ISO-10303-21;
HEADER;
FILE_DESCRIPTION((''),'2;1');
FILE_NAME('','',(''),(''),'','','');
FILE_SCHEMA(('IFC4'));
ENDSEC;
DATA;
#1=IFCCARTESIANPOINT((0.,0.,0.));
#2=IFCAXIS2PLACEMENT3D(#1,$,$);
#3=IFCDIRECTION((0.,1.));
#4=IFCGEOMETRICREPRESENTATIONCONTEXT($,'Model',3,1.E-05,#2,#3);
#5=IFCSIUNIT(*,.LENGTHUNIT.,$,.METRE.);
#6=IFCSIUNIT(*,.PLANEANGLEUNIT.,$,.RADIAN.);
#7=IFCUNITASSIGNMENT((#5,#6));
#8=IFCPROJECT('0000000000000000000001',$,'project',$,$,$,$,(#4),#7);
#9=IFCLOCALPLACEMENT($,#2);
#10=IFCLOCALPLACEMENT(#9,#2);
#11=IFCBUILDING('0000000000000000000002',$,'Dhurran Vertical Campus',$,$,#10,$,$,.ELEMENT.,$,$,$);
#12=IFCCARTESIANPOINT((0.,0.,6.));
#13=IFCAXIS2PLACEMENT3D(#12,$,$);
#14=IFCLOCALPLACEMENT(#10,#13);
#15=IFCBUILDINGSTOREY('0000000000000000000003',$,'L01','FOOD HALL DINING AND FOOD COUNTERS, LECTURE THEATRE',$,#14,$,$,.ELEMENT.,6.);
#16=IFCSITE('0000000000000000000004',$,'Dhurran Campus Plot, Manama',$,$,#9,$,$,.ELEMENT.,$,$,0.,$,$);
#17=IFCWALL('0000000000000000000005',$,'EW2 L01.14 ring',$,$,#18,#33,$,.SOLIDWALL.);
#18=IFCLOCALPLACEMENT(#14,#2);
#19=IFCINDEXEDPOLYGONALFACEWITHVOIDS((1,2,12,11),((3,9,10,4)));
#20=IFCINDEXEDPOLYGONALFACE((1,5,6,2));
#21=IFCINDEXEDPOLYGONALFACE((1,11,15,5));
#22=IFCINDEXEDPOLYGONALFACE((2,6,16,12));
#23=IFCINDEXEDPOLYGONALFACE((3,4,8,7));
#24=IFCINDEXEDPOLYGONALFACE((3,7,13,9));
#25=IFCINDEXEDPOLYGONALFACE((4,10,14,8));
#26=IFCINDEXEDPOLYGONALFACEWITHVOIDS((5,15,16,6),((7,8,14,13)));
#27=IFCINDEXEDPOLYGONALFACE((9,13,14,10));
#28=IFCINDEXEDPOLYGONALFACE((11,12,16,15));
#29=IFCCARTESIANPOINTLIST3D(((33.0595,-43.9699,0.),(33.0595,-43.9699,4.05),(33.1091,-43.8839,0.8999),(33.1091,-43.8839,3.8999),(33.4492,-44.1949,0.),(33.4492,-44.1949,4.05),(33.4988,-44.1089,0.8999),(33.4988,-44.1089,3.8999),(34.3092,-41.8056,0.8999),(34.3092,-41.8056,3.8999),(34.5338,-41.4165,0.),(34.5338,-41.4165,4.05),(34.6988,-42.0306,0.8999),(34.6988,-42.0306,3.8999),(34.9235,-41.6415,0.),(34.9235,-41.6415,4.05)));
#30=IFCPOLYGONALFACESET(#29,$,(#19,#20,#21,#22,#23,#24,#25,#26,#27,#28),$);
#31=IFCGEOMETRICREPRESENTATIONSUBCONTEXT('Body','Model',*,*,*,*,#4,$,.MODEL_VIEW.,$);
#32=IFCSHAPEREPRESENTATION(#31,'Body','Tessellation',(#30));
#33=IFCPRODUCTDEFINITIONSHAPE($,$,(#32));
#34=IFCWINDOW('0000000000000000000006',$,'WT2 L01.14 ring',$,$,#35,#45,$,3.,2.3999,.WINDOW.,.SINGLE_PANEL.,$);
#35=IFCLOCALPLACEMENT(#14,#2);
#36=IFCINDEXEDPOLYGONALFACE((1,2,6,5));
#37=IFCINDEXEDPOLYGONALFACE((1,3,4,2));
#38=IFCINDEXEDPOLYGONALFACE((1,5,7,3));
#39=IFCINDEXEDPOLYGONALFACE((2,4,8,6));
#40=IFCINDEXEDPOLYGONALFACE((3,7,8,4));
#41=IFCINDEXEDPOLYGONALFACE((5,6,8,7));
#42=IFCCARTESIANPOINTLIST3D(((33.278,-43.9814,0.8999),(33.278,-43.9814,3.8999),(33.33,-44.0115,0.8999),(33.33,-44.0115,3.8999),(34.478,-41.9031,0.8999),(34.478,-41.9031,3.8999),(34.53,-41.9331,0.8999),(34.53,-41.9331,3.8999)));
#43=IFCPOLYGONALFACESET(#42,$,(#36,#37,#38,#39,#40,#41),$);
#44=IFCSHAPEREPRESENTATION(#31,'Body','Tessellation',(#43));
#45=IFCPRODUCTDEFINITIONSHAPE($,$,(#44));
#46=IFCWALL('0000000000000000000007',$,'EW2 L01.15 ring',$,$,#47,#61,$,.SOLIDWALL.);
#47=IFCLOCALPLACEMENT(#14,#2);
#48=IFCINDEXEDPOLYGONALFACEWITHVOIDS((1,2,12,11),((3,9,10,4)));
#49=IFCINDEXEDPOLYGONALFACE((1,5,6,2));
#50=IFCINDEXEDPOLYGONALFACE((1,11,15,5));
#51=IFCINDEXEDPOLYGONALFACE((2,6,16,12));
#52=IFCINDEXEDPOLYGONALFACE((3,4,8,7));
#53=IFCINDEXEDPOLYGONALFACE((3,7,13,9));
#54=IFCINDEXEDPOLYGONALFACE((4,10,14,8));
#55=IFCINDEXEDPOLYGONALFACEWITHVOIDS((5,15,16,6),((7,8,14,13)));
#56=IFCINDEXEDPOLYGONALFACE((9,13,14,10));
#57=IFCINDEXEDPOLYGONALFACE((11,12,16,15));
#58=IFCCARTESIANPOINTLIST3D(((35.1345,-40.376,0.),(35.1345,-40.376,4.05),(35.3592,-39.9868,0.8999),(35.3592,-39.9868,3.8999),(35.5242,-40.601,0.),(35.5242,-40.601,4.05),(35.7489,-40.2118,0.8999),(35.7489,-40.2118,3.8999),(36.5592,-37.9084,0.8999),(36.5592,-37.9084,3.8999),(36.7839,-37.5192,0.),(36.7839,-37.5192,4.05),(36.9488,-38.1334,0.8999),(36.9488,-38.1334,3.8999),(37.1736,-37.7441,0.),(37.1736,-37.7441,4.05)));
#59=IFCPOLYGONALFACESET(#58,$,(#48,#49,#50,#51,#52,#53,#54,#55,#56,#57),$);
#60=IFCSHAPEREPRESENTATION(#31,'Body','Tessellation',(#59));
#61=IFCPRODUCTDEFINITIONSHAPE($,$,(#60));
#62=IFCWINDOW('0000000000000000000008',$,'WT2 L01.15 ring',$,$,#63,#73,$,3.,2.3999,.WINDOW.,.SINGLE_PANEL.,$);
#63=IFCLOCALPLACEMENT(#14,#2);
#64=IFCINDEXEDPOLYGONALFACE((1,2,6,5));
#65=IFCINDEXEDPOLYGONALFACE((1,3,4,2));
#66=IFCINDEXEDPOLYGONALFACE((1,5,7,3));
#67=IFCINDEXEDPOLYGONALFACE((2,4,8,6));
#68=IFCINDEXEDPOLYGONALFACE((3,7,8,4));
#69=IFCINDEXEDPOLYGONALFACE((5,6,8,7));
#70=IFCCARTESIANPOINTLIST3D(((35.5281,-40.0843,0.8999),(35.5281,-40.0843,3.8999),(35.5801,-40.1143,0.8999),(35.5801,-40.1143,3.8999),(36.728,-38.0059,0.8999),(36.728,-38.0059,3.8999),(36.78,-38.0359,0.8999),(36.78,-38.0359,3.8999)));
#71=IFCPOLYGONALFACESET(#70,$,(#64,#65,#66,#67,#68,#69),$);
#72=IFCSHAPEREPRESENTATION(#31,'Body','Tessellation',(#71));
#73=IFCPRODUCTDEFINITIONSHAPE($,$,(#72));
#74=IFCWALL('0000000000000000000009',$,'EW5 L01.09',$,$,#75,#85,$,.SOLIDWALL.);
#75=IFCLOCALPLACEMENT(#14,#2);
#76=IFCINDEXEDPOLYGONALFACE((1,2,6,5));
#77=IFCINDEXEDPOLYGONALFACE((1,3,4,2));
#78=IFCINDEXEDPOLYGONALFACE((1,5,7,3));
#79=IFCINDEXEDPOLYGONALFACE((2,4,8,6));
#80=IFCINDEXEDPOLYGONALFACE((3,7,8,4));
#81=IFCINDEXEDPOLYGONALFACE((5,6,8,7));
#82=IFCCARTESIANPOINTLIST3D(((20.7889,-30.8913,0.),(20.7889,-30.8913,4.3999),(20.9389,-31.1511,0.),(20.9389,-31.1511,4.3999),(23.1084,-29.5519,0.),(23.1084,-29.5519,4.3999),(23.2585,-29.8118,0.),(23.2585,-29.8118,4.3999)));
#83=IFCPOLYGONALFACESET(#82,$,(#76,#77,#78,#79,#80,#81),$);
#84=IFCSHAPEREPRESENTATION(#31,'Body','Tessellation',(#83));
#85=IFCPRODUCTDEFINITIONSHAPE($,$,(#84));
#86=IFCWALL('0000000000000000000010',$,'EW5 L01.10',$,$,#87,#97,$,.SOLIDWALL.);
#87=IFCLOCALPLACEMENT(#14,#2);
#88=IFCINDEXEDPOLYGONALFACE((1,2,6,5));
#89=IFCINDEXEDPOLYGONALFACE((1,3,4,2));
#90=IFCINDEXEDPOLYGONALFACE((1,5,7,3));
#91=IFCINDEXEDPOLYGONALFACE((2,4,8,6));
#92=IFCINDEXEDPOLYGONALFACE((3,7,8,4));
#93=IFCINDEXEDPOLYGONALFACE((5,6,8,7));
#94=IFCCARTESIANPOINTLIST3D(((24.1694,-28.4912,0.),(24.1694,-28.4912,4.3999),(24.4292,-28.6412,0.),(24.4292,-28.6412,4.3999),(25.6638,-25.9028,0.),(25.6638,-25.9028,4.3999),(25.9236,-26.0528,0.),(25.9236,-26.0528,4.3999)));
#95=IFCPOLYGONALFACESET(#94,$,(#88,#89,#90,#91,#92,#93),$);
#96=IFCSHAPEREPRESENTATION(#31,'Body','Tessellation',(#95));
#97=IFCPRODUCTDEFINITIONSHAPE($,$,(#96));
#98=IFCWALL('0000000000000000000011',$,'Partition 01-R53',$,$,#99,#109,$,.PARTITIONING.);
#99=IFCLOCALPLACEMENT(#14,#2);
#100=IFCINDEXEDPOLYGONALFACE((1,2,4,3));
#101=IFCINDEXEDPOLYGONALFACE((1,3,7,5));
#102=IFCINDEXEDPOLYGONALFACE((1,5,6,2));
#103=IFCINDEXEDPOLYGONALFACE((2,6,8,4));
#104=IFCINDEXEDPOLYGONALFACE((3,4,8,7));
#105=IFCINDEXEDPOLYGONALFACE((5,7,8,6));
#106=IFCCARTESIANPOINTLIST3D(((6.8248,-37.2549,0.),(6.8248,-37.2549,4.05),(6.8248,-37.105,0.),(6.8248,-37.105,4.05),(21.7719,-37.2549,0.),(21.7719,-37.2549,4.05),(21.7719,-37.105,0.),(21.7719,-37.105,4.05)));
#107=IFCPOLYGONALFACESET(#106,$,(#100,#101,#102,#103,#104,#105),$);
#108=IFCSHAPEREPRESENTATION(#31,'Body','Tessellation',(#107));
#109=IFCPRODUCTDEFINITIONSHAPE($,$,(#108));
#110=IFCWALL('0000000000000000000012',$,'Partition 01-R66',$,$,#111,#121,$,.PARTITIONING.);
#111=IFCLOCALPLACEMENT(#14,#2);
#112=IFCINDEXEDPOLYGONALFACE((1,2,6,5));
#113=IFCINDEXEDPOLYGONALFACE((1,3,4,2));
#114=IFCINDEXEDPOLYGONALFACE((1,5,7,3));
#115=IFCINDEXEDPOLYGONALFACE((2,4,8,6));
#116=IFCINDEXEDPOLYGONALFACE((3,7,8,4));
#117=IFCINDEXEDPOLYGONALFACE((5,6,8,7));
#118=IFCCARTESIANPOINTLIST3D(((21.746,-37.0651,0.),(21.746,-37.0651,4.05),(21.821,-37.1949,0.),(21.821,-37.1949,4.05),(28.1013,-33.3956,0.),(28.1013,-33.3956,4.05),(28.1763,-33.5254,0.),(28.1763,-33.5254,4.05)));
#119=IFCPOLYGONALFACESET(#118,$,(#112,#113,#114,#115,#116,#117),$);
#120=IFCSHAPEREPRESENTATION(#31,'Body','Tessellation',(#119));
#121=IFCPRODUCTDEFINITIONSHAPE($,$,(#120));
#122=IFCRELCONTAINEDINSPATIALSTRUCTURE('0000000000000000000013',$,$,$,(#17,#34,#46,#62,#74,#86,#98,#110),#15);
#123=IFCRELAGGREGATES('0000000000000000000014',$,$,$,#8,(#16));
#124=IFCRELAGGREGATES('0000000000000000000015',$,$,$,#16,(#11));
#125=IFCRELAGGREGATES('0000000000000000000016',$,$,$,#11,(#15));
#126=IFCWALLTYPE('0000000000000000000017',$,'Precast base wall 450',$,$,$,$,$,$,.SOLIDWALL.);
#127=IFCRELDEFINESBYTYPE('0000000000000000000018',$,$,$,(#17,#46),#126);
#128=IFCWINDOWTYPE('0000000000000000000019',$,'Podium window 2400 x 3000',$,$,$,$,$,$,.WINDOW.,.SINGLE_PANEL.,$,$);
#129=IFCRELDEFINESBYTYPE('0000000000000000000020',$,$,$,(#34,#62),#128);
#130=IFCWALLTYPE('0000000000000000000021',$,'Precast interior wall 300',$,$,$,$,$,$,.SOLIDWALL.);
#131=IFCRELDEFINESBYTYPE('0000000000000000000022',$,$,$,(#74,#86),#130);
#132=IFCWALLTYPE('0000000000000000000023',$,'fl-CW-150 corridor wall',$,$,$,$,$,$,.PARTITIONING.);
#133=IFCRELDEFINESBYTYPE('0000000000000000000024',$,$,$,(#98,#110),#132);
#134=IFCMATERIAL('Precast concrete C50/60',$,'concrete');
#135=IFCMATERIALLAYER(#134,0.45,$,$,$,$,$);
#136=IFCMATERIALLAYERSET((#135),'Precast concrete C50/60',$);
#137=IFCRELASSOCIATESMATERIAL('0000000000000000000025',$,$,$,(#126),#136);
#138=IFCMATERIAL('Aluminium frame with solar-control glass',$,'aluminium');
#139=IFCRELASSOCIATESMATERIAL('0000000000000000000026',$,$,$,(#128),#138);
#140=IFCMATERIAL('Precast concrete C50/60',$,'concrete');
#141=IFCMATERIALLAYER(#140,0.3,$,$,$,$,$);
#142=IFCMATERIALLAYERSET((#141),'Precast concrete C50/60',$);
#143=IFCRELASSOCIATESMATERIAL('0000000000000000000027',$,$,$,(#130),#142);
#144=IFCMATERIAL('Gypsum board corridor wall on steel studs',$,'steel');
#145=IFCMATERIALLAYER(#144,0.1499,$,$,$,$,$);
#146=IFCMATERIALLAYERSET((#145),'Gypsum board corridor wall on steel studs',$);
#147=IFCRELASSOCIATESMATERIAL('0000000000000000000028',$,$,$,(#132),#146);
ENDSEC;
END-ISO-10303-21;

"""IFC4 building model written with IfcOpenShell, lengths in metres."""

from ifc_helpers import new_model, si_unit, direction, frame, frame_2d, origin, place, context, subcontext, project, spatial, rectangle, extrude, material, layer, layer_set, type_object, element, fill, save


model = new_model("IFC4")

# Units and contexts
model_context = context("Model", 3, precision=1e-05, world=origin(), true_north=direction((0.0, 1.0)))
body_context = subcontext(model_context, "Body", "Model", "MODEL_VIEW")
ifc_project = project(units=[si_unit("LENGTHUNIT", "METRE"), si_unit("PLANEANGLEUNIT", "RADIAN")], contexts=[model_context])

# Site, building, storey
site_placement = place(None, origin())
site = spatial("IfcSite", under=ifc_project, at=site_placement, Name="Dhurran Campus Plot, Manama", CompositionType="ELEMENT", RefElevation=0.0)
building_placement = place(site_placement, origin())
building = spatial("IfcBuilding", under=site, at=building_placement, Name="Dhurran Vertical Campus", CompositionType="ELEMENT")
storey_placement = place(building_placement, frame((0.0, 0.0, 6.0)))
storey = spatial("IfcBuildingStorey", under=building, at=storey_placement, Name="L01", Description="FOOD HALL DINING AND FOOD COUNTERS, LECTURE THEATRE", CompositionType="ELEMENT", Elevation=6.0)

# Walls, openings, windows
ifc_material_1 = material(Name="Precast concrete C50/60", Category="concrete")
ifc_layer_1 = layer(ifc_material_1, 0.45)
ifc_layer_set_1 = layer_set([ifc_layer_1], Name="Precast concrete C50/60")
wall_type_1 = type_object("IfcWallType", Name="Precast base wall 450", PredefinedType="SOLIDWALL", material=ifc_layer_set_1)
ifc_material_2 = material(Name="Aluminium frame with solar-control glass", Category="aluminium")
window_type = type_object("IfcWindowType", Name="Podium window 2400 x 3000", PartitioningType="SINGLE_PANEL", PredefinedType="WINDOW", material=ifc_material_2)
wall_1_placement = place(storey_placement, frame((33.2544, -44.0823, 0.0), z_axis=(0.0, 0.0, 1.0), x_axis=(0.500031, 0.866008, 0.0)))
wall_1 = element("IfcWall", 1, at=wall_1_placement, inside=storey, type_object=wall_type_1, Name="EW2 L01.14 ring", PredefinedType="SOLIDWALL", context=body_context, shape_type="SweptSolid", body=[
    extrude(rectangle(XDim=2.9485, YDim=0.45, at=frame_2d((1.4741, 0.0))), origin(), (0.0, 0.0, 1.0), 4.05),
])
opening_1_placement = place(wall_1_placement, frame((0.0991, 0.0, 0.8999)))
opening_1 = element("IfcOpeningElement", 2, at=opening_1_placement, cuts=wall_1, PredefinedType="OPENING", context=body_context, shape_type="SweptSolid", body=[
    extrude(rectangle(XDim=2.3999, YDim=3.0, at=frame_2d((1.2, 1.5))), frame((0.0, 0.2349, 0.0), z_axis=(0.0, -1.0, 0.0), x_axis=(1.0, 0.0, 0.0)), (0.0, 0.0, 1.0), 0.47),
])
window_1_placement = place(opening_1_placement, origin())
window_1 = element("IfcWindow", 3, at=window_1_placement, inside=storey, type_object=window_type, Name="WT2 L01.14 ring", OverallHeight=3.0, OverallWidth=2.3999, PartitioningType="SINGLE_PANEL", PredefinedType="WINDOW", context=body_context, shape_type="SweptSolid", body=[
    extrude(rectangle(XDim=2.3999, YDim=3.0, at=frame_2d((1.2, 1.5))), frame((0.0, 0.03, 0.0), z_axis=(0.0, -1.0, 0.0), x_axis=(1.0, 0.0, 0.0)), (0.0, 0.0, 1.0), 0.0601),
])
fill(opening_1, window_1)
wall_2_placement = place(storey_placement, frame((35.3293, -40.4885, 0.0), z_axis=(0.0, 0.0, 1.0), x_axis=(0.499992, 0.86603, 0.0)))
wall_2 = element("IfcWall", 4, at=wall_2_placement, inside=storey, type_object=wall_type_1, Name="EW2 L01.15 ring", PredefinedType="SOLIDWALL", context=body_context, shape_type="SweptSolid", body=[
    extrude(rectangle(XDim=3.2988, YDim=0.45, at=frame_2d((1.6494, 0.0))), origin(), (0.0, 0.0, 1.0), 4.05),
])
opening_2_placement = place(wall_2_placement, frame((0.4495, 0.0, 0.8999)))
opening_2 = element("IfcOpeningElement", 5, at=opening_2_placement, cuts=wall_2, PredefinedType="OPENING", context=body_context, shape_type="SweptSolid", body=[
    extrude(rectangle(XDim=2.3999, YDim=3.0, at=frame_2d((1.2, 1.5))), frame((0.0, 0.2349, 0.0), z_axis=(0.0, -1.0, 0.0), x_axis=(1.0, 0.0, 0.0)), (0.0, 0.0, 1.0), 0.47),
])
window_2_placement = place(opening_2_placement, origin())
window_2 = element("IfcWindow", 6, at=window_2_placement, inside=storey, type_object=window_type, Name="WT2 L01.15 ring", OverallHeight=3.0, OverallWidth=2.3999, PartitioningType="SINGLE_PANEL", PredefinedType="WINDOW", context=body_context, shape_type="SweptSolid", body=[
    extrude(rectangle(XDim=2.3999, YDim=3.0, at=frame_2d((1.2, 1.5))), frame((0.0, 0.03, 0.0), z_axis=(0.0, -1.0, 0.0), x_axis=(1.0, 0.0, 0.0)), (0.0, 0.0, 1.0), 0.0601),
])
fill(opening_2, window_2)

# Walls
ifc_material_3 = material(Name="Precast concrete C50/60", Category="concrete")
ifc_layer_2 = layer(ifc_material_3, 0.3)
ifc_layer_set_2 = layer_set([ifc_layer_2], Name="Precast concrete C50/60")
wall_type_2 = type_object("IfcWallType", Name="Precast interior wall 300", PredefinedType="SOLIDWALL", material=ifc_layer_set_2)
wall_3_placement = place(storey_placement, frame((20.8638, -31.0212, 0.0), z_axis=(0.0, 0.0, 1.0), x_axis=(0.866002, 0.500041, 0.0)))
element("IfcWall", 7, at=wall_3_placement, inside=storey, type_object=wall_type_2, Name="EW5 L01.09", PredefinedType="SOLIDWALL", context=body_context, shape_type="SweptSolid", body=[
    extrude(rectangle(XDim=2.6785, YDim=0.3, at=frame_2d((1.3394, 0.0))), origin(), (0.0, 0.0, 1.0), 4.3999),
])
wall_4_placement = place(storey_placement, frame((24.2993, -28.5662, 0.0), z_axis=(0.0, 0.0, 1.0), x_axis=(0.499996, 0.866028, 0.0)))
element("IfcWall", 8, at=wall_4_placement, inside=storey, type_object=wall_type_2, Name="EW5 L01.10", PredefinedType="SOLIDWALL", context=body_context, shape_type="SweptSolid", body=[
    extrude(rectangle(XDim=2.9888, YDim=0.3, at=frame_2d((1.4944, 0.0))), origin(), (0.0, 0.0, 1.0), 4.3999),
])
ifc_material_4 = material(Name="Gypsum board corridor wall on steel studs", Category="steel")
ifc_layer_3 = layer(ifc_material_4, 0.1499)
ifc_layer_set_3 = layer_set([ifc_layer_3], Name="Gypsum board corridor wall on steel studs")
wall_type_3 = type_object("IfcWallType", Name="fl-CW-150 corridor wall", PredefinedType="PARTITIONING", material=ifc_layer_set_3)
wall_5_placement = place(storey_placement, frame((21.772, -37.1799, 0.0), z_axis=(0.0, 0.0, 1.0), x_axis=(-1.0, 0.0, 0.0)))
element("IfcWall", 9, at=wall_5_placement, inside=storey, type_object=wall_type_3, Name="Partition 01-R53", PredefinedType="PARTITIONING", context=body_context, shape_type="SweptSolid", body=[
    extrude(rectangle(XDim=14.947, YDim=0.1499, at=frame_2d((7.4736, 0.0))), origin(), (0.0, 0.0, 1.0), 4.05),
])
wall_6_placement = place(storey_placement, frame((28.1389, -33.4604, 0.0), z_axis=(0.0, 0.0, 1.0), x_axis=(-0.866011, -0.500025, 0.0)))
element("IfcWall", 10, at=wall_6_placement, inside=storey, type_object=wall_type_3, Name="Partition 01-R66", PredefinedType="PARTITIONING", context=body_context, shape_type="SweptSolid", body=[
    extrude(rectangle(XDim=7.3386, YDim=0.1499, at=frame_2d((3.6694, 0.0))), origin(), (0.0, 0.0, 1.0), 4.05),
])

save(model, "model.ifc")
